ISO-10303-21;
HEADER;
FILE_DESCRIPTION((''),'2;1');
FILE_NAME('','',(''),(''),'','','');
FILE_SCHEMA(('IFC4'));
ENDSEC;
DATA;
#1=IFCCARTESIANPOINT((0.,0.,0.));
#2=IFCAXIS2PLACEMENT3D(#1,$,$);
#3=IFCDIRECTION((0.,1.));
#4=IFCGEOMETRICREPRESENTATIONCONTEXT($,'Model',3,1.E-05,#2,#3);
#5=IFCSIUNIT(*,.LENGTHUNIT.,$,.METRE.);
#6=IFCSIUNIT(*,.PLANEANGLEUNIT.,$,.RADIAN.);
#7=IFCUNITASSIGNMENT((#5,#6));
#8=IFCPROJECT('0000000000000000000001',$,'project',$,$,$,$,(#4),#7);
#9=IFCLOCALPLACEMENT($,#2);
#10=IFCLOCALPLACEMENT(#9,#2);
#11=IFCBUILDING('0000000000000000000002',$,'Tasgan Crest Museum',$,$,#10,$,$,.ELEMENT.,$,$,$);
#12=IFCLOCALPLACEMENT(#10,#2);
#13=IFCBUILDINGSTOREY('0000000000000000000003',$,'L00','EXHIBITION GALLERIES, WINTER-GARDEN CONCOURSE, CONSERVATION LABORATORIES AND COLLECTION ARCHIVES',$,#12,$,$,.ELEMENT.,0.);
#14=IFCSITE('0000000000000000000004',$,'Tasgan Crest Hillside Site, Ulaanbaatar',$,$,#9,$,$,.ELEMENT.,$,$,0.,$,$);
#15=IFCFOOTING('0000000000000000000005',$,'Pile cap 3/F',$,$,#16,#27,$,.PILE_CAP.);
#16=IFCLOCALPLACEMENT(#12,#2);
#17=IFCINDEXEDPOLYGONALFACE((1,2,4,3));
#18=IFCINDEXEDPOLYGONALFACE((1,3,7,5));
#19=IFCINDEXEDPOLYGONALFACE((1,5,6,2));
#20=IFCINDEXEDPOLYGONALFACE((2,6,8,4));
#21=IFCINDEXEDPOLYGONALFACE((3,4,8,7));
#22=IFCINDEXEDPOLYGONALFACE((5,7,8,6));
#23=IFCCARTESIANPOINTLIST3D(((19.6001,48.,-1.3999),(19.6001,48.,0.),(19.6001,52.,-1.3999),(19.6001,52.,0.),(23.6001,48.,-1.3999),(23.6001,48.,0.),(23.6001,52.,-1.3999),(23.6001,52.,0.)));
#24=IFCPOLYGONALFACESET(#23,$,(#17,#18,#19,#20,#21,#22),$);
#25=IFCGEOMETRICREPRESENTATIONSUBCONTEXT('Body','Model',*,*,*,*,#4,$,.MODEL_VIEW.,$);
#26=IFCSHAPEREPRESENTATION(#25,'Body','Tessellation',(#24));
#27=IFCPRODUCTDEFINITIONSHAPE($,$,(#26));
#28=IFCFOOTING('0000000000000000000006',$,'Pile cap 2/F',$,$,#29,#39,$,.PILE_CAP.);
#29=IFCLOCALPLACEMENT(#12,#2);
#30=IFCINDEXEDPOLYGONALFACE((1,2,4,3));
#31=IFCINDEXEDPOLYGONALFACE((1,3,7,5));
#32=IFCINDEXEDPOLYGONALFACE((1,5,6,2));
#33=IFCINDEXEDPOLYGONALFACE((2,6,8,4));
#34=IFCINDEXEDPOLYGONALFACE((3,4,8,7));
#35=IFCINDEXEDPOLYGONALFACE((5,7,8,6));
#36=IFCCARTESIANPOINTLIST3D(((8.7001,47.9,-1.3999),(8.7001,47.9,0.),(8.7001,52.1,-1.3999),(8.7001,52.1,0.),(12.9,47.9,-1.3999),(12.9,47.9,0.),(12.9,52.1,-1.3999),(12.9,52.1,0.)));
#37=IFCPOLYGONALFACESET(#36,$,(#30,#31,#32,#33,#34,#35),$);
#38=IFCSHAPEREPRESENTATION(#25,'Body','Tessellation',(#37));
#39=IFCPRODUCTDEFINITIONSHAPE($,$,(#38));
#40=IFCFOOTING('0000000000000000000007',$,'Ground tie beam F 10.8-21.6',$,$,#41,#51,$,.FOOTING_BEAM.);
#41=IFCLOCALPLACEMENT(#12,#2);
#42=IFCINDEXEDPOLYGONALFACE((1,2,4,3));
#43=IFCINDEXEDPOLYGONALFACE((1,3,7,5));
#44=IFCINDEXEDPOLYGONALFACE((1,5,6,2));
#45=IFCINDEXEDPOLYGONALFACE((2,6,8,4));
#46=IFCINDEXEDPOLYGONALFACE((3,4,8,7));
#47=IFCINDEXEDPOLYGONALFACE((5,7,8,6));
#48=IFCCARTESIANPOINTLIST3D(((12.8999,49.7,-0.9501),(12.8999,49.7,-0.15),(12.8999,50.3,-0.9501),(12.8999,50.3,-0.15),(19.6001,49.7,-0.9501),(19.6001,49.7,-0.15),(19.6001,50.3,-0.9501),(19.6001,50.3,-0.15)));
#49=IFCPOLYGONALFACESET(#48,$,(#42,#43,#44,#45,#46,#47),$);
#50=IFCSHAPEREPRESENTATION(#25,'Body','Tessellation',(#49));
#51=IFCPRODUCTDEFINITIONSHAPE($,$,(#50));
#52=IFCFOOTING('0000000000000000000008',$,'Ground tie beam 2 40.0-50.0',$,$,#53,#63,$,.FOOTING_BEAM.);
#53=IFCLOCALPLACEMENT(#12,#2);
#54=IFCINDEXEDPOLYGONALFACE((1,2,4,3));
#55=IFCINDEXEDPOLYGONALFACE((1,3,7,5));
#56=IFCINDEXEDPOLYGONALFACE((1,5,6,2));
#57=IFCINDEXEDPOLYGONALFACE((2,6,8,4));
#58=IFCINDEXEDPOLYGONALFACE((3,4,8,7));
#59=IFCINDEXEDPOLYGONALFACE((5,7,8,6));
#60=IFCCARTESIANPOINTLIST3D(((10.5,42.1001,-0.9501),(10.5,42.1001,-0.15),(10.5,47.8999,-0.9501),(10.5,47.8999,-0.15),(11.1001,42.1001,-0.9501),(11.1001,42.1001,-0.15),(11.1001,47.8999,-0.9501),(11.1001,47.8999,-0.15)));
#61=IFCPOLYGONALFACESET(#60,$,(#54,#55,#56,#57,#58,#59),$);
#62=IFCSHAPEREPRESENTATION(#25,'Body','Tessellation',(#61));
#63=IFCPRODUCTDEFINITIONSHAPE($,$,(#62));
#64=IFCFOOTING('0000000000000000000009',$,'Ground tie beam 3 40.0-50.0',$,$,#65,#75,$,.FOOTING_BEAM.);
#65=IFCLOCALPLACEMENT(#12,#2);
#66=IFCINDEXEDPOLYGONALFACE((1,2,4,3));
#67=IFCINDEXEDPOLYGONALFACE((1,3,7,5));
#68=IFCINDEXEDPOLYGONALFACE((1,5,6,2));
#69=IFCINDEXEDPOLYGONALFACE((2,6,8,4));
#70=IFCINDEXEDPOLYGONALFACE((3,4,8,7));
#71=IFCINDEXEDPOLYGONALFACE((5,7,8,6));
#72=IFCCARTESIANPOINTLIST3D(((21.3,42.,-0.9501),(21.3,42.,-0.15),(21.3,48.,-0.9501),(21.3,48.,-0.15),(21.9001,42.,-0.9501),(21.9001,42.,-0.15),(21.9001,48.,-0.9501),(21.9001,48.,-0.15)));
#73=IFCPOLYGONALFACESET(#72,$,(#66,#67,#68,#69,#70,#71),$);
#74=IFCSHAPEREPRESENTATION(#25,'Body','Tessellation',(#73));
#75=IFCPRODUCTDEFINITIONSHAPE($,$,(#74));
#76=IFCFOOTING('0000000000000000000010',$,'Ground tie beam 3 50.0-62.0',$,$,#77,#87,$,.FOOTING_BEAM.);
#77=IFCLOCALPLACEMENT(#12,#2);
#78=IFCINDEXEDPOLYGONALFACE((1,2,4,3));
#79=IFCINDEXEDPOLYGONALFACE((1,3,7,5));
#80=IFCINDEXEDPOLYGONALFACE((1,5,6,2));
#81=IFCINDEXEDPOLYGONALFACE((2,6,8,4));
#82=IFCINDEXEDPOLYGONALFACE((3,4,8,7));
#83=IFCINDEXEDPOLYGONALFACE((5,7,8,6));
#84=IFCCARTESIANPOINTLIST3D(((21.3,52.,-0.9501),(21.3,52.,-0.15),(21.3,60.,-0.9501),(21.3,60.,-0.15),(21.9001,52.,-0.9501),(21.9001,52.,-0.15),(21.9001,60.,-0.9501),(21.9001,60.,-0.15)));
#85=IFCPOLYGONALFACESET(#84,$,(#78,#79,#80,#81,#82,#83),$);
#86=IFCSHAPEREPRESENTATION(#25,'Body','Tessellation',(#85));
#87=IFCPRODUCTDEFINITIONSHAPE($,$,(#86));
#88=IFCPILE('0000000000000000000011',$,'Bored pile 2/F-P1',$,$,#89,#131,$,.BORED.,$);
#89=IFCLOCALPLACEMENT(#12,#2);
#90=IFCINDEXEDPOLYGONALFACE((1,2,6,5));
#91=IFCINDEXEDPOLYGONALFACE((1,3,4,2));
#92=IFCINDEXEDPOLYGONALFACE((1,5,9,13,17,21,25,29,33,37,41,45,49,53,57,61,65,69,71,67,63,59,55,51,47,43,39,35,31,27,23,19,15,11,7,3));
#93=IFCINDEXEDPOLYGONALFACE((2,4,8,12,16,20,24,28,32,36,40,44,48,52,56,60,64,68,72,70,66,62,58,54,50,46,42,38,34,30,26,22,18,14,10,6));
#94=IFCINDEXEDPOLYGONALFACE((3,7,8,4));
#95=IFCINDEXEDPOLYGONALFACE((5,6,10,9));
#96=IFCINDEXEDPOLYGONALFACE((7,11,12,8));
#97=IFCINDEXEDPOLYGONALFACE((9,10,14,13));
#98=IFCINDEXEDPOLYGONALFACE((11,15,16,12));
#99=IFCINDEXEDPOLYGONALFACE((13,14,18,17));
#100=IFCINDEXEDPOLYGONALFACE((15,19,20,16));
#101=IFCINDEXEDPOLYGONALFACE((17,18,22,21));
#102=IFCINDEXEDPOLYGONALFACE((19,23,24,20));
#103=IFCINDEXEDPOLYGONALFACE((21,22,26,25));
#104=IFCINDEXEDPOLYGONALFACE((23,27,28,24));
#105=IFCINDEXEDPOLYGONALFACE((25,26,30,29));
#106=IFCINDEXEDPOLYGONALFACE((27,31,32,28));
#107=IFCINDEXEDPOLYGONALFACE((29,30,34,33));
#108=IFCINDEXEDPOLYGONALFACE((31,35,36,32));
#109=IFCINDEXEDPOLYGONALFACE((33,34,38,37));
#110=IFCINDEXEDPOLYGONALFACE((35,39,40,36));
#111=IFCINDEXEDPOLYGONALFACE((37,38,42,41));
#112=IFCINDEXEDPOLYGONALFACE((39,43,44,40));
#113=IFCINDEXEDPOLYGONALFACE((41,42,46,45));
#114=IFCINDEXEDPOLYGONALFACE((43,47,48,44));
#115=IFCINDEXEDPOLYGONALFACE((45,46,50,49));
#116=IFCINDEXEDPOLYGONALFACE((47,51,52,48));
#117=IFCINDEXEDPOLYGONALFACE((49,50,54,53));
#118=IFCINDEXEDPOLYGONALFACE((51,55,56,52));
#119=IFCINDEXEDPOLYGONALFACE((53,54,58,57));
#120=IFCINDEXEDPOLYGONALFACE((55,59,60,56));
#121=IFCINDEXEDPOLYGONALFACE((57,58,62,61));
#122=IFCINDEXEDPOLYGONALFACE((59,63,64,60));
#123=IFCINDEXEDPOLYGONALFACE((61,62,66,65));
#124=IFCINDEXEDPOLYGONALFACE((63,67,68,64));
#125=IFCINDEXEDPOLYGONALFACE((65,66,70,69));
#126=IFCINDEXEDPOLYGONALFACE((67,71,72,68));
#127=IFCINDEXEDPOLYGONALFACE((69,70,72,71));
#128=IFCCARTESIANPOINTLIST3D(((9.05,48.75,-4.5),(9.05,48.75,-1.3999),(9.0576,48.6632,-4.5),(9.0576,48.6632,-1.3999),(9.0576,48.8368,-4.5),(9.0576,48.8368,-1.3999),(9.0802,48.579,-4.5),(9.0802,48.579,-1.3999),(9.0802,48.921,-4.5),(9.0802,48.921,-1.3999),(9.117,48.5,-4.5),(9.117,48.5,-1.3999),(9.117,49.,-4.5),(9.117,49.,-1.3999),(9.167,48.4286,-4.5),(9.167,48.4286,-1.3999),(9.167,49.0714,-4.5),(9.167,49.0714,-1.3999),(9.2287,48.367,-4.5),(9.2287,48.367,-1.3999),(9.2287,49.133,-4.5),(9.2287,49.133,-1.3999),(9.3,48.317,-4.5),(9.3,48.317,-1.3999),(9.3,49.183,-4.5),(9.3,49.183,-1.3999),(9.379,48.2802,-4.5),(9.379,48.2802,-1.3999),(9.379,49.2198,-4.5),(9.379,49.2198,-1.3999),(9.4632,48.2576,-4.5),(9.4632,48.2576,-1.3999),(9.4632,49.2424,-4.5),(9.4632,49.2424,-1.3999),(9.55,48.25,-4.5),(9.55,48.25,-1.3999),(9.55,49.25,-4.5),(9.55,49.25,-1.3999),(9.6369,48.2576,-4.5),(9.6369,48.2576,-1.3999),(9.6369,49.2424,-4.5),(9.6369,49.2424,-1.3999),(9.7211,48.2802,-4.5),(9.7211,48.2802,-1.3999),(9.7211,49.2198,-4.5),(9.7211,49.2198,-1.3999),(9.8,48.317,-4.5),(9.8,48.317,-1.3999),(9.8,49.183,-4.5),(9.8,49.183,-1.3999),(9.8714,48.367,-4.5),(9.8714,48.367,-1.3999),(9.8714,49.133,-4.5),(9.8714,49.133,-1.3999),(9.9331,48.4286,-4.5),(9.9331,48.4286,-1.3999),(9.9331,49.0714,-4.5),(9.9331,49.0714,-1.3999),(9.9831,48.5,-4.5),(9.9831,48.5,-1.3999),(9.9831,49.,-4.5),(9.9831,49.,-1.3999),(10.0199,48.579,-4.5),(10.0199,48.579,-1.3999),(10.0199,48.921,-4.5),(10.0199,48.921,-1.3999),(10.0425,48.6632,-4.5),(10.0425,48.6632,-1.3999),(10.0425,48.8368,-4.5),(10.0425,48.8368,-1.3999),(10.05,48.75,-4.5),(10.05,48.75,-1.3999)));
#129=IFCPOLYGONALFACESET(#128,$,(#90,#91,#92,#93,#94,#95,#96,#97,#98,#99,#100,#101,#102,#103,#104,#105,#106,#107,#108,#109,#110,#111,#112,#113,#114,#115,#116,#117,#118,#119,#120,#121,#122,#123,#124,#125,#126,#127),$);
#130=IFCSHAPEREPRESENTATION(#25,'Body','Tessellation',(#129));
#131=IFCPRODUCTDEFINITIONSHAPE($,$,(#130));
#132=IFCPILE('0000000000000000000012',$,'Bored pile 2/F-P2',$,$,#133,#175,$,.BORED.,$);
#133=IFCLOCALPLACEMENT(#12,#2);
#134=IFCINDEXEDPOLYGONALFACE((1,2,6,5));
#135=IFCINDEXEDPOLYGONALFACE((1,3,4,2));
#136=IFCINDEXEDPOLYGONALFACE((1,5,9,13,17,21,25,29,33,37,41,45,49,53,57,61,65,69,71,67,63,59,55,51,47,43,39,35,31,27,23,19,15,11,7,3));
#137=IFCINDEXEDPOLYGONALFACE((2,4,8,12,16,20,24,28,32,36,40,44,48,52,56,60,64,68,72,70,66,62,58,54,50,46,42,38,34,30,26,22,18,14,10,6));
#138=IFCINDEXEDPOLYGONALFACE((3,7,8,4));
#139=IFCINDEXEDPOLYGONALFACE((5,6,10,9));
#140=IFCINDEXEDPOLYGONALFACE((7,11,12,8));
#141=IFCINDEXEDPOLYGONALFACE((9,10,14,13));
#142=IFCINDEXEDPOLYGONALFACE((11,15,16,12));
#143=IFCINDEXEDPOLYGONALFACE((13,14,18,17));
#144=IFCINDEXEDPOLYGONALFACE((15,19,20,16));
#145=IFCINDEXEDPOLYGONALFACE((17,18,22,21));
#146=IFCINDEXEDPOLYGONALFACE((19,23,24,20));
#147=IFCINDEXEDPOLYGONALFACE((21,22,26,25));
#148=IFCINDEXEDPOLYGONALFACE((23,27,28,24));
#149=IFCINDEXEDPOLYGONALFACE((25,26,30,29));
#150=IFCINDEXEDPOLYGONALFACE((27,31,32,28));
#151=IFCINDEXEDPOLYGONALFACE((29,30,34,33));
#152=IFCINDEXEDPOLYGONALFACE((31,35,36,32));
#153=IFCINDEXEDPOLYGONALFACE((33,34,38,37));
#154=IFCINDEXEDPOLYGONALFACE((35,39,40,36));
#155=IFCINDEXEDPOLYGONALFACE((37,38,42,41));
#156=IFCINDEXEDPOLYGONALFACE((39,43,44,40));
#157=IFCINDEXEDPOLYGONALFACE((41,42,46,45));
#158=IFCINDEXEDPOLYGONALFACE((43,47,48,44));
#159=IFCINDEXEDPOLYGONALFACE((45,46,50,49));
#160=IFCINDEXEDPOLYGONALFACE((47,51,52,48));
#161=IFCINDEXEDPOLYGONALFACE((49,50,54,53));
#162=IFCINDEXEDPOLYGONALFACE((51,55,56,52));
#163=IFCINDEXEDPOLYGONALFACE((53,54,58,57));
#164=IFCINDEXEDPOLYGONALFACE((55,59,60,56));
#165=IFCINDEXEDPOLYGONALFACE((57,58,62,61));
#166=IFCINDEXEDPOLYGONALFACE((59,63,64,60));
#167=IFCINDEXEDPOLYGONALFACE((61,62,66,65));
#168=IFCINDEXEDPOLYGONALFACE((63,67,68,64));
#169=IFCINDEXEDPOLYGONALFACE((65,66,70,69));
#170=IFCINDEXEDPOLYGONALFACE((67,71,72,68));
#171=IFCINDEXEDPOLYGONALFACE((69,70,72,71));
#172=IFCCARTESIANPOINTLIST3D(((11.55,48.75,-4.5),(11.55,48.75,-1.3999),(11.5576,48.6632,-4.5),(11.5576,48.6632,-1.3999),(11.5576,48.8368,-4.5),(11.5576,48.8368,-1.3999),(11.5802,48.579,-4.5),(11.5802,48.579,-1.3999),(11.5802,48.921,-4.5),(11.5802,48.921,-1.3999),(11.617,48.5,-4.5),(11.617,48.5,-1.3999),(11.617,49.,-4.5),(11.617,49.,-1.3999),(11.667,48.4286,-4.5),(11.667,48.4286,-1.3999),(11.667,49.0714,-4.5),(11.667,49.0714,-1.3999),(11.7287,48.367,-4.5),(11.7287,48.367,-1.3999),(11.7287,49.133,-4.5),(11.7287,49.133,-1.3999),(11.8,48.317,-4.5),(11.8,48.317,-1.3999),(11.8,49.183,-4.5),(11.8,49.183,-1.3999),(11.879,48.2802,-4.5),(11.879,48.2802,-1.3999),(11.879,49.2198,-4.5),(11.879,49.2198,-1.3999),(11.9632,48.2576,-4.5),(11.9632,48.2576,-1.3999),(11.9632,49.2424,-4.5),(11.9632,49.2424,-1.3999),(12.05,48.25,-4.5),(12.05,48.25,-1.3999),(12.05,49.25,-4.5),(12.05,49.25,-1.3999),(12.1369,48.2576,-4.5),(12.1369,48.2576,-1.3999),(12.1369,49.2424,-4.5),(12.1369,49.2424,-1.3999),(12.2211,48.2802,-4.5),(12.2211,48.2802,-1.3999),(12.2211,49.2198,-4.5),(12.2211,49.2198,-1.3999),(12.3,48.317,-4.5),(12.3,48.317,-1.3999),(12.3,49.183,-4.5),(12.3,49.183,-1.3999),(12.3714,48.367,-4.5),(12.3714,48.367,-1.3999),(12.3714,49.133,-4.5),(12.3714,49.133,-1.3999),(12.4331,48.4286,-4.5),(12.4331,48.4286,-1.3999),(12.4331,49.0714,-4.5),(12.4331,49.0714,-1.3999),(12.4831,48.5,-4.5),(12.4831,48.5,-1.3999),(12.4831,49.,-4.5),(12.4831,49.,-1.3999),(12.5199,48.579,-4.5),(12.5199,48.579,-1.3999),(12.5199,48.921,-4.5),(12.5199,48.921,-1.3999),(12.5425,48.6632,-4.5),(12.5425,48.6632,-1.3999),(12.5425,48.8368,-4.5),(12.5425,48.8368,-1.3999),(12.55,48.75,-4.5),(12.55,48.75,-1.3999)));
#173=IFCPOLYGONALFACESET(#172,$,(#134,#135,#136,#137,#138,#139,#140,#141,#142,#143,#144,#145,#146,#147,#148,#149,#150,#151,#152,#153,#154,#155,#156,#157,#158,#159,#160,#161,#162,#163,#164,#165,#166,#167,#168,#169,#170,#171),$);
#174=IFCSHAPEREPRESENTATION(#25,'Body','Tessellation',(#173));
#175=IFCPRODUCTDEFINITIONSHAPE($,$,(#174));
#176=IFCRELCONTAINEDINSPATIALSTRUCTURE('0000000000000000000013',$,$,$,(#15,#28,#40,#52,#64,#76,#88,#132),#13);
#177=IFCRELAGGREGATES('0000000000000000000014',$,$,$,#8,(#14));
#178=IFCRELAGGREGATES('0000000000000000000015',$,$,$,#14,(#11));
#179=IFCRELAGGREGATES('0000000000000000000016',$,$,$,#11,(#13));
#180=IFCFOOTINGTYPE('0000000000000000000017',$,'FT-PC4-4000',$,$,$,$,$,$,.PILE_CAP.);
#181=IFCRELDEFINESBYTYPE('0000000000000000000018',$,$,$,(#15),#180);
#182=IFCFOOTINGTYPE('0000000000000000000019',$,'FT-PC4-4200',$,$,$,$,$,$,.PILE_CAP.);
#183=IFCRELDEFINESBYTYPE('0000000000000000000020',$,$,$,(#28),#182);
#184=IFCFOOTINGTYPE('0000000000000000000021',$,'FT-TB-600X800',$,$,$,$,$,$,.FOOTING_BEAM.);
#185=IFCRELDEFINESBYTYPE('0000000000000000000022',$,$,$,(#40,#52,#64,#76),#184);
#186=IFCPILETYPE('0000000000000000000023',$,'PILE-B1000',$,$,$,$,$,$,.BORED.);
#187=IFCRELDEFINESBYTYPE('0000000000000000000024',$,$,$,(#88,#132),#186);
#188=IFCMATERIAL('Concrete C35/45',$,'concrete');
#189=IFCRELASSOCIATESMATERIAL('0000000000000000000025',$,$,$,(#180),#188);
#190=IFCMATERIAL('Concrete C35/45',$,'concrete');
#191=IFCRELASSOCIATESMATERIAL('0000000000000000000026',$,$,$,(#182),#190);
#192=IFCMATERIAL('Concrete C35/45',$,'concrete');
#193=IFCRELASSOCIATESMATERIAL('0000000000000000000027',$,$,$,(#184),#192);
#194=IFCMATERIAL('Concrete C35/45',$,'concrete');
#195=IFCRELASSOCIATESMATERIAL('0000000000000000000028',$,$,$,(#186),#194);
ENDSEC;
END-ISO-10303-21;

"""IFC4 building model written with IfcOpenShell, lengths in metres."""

from ifc_helpers import new_model, si_unit, direction, frame, origin, origin_2d, place, context, subcontext, project, spatial, rectangle, circle, extrude, material, material_profile, profile_set, type_object, element, save


model = new_model("IFC4")

# Units and contexts
model_context = context("Model", 3, precision=1e-05, world=origin(), true_north=direction((0.0, 1.0)))
body_context = subcontext(model_context, "Body", "Model", "MODEL_VIEW")
ifc_project = project(units=[si_unit("LENGTHUNIT", "METRE"), si_unit("PLANEANGLEUNIT", "RADIAN")], contexts=[model_context])

# Site, building, storey
site_placement = place(None, origin())
site = spatial("IfcSite", under=ifc_project, at=site_placement, Name="Tasgan Crest Hillside Site, Ulaanbaatar", CompositionType="ELEMENT", RefElevation=0.0)
building_placement = place(site_placement, origin())
building = spatial("IfcBuilding", under=site, at=building_placement, Name="Tasgan Crest Museum", CompositionType="ELEMENT")
storey_placement = place(building_placement, origin())
storey = spatial("IfcBuildingStorey", under=building, at=storey_placement, Name="L00", Description="EXHIBITION GALLERIES, WINTER-GARDEN CONCOURSE, CONSERVATION LABORATORIES AND COLLECTION ARCHIVES", CompositionType="ELEMENT", Elevation=0.0)

# Footings
ifc_material_1 = material(Name="Concrete C35/45", Category="concrete")
footing_type_1 = type_object("IfcFootingType", Name="FT-PC4-4000", PredefinedType="PILE_CAP", material=ifc_material_1)
footing_1_placement = place(storey_placement, frame((21.6001, 50.0, -1.3999), z_axis=(0.0, 0.0, 1.0), x_axis=(1.0, 0.0, 0.0)))
element("IfcFooting", 1, at=footing_1_placement, inside=storey, type_object=footing_type_1, Name="Pile cap 3/F", PredefinedType="PILE_CAP", context=body_context, shape_type="SweptSolid", body=[
    extrude(rectangle(XDim=4.0, YDim=4.0, at=origin_2d()), origin(), (0.0, 0.0, 1.0), 1.3999),
])
ifc_material_2 = material(Name="Concrete C35/45", Category="concrete")
footing_type_2 = type_object("IfcFootingType", Name="FT-PC4-4200", PredefinedType="PILE_CAP", material=ifc_material_2)
footing_2_placement = place(storey_placement, frame((10.8, 50.0, -1.3999), z_axis=(0.0, 0.0, 1.0), x_axis=(1.0, 0.0, 0.0)))
element("IfcFooting", 2, at=footing_2_placement, inside=storey, type_object=footing_type_2, Name="Pile cap 2/F", PredefinedType="PILE_CAP", context=body_context, shape_type="SweptSolid", body=[
    extrude(rectangle(XDim=4.2, YDim=4.2, at=origin_2d()), origin(), (0.0, 0.0, 1.0), 1.3999),
])
ifc_material_3 = material(Name="Concrete C35/45", Category="concrete")
ifc_material_profile_1 = material_profile(ifc_material_3, rectangle(XDim=0.6001, YDim=0.8, at=origin_2d()), Name="TB 600x800")
ifc_profile_set_1 = profile_set([ifc_material_profile_1], Name="Concrete C35/45")
footing_type_3 = type_object("IfcFootingType", Name="FT-TB-600X800", PredefinedType="FOOTING_BEAM", material=ifc_profile_set_1)
footing_3_placement = place(storey_placement, frame((12.8999, 50.0, -0.55), z_axis=(1.0, 0.0, 0.0), x_axis=(0.0, 1.0, 0.0)))
element("IfcFooting", 3, at=footing_3_placement, inside=storey, type_object=footing_type_3, Name="Ground tie beam F 10.8-21.6", PredefinedType="FOOTING_BEAM", context=body_context, shape_type="SweptSolid", body=[
    extrude(rectangle(XDim=0.6001, YDim=0.8, at=origin_2d()), origin(), (0.0, 0.0, 1.0), 6.7002),
])
footing_4_placement = place(storey_placement, frame((10.8, 42.1001, -0.55), z_axis=(0.0, 1.0, 0.0), x_axis=(-1.0, 0.0, 0.0)))
element("IfcFooting", 4, at=footing_4_placement, inside=storey, type_object=footing_type_3, Name="Ground tie beam 2 40.0-50.0", PredefinedType="FOOTING_BEAM", context=body_context, shape_type="SweptSolid", body=[
    extrude(rectangle(XDim=0.6001, YDim=0.8, at=origin_2d()), origin(), (0.0, 0.0, 1.0), 5.7998),
])
footing_5_placement = place(storey_placement, frame((21.6001, 42.0, -0.55), z_axis=(0.0, 1.0, 0.0), x_axis=(-1.0, 0.0, 0.0)))
element("IfcFooting", 5, at=footing_5_placement, inside=storey, type_object=footing_type_3, Name="Ground tie beam 3 40.0-50.0", PredefinedType="FOOTING_BEAM", context=body_context, shape_type="SweptSolid", body=[
    extrude(rectangle(XDim=0.6001, YDim=0.8, at=origin_2d()), origin(), (0.0, 0.0, 1.0), 6.0),
])
footing_6_placement = place(storey_placement, frame((21.6001, 52.0, -0.55), z_axis=(0.0, 1.0, 0.0), x_axis=(-1.0, 0.0, 0.0)))
element("IfcFooting", 6, at=footing_6_placement, inside=storey, type_object=footing_type_3, Name="Ground tie beam 3 50.0-62.0", PredefinedType="FOOTING_BEAM", context=body_context, shape_type="SweptSolid", body=[
    extrude(rectangle(XDim=0.6001, YDim=0.8, at=origin_2d()), origin(), (0.0, 0.0, 1.0), 8.0),
])

# Piles
ifc_material_4 = material(Name="Concrete C35/45", Category="concrete")
ifc_material_profile_2 = material_profile(ifc_material_4, circle(Radius=0.5, at=origin_2d()), Name="PILE D1000")
ifc_profile_set_2 = profile_set([ifc_material_profile_2], Name="Concrete C35/45")
pile_type = type_object("IfcPileType", Name="PILE-B1000", PredefinedType="BORED", material=ifc_profile_set_2)
for number, where, z_axis, x_axis, name in (
    (7, (9.55, 48.75, -1.3999), (0.0, 0.0, -1.0), (1.0, 0.0, 0.0), "Bored pile 2/F-P1"),
    (8, (12.05, 48.75, -1.3999), (0.0, 0.0, -1.0), (1.0, 0.0, 0.0), "Bored pile 2/F-P2"),
):
    element("IfcPile", number, at=place(storey_placement, frame(where, z_axis=z_axis, x_axis=x_axis)), inside=storey, type_object=pile_type, Name=name, PredefinedType="BORED", context=body_context, shape_type="SweptSolid", body=[
        extrude(circle(Radius=0.5, at=origin_2d()), origin(), (0.0, 0.0, 1.0), 3.1001),
    ])

save(model, "model.ifc")
